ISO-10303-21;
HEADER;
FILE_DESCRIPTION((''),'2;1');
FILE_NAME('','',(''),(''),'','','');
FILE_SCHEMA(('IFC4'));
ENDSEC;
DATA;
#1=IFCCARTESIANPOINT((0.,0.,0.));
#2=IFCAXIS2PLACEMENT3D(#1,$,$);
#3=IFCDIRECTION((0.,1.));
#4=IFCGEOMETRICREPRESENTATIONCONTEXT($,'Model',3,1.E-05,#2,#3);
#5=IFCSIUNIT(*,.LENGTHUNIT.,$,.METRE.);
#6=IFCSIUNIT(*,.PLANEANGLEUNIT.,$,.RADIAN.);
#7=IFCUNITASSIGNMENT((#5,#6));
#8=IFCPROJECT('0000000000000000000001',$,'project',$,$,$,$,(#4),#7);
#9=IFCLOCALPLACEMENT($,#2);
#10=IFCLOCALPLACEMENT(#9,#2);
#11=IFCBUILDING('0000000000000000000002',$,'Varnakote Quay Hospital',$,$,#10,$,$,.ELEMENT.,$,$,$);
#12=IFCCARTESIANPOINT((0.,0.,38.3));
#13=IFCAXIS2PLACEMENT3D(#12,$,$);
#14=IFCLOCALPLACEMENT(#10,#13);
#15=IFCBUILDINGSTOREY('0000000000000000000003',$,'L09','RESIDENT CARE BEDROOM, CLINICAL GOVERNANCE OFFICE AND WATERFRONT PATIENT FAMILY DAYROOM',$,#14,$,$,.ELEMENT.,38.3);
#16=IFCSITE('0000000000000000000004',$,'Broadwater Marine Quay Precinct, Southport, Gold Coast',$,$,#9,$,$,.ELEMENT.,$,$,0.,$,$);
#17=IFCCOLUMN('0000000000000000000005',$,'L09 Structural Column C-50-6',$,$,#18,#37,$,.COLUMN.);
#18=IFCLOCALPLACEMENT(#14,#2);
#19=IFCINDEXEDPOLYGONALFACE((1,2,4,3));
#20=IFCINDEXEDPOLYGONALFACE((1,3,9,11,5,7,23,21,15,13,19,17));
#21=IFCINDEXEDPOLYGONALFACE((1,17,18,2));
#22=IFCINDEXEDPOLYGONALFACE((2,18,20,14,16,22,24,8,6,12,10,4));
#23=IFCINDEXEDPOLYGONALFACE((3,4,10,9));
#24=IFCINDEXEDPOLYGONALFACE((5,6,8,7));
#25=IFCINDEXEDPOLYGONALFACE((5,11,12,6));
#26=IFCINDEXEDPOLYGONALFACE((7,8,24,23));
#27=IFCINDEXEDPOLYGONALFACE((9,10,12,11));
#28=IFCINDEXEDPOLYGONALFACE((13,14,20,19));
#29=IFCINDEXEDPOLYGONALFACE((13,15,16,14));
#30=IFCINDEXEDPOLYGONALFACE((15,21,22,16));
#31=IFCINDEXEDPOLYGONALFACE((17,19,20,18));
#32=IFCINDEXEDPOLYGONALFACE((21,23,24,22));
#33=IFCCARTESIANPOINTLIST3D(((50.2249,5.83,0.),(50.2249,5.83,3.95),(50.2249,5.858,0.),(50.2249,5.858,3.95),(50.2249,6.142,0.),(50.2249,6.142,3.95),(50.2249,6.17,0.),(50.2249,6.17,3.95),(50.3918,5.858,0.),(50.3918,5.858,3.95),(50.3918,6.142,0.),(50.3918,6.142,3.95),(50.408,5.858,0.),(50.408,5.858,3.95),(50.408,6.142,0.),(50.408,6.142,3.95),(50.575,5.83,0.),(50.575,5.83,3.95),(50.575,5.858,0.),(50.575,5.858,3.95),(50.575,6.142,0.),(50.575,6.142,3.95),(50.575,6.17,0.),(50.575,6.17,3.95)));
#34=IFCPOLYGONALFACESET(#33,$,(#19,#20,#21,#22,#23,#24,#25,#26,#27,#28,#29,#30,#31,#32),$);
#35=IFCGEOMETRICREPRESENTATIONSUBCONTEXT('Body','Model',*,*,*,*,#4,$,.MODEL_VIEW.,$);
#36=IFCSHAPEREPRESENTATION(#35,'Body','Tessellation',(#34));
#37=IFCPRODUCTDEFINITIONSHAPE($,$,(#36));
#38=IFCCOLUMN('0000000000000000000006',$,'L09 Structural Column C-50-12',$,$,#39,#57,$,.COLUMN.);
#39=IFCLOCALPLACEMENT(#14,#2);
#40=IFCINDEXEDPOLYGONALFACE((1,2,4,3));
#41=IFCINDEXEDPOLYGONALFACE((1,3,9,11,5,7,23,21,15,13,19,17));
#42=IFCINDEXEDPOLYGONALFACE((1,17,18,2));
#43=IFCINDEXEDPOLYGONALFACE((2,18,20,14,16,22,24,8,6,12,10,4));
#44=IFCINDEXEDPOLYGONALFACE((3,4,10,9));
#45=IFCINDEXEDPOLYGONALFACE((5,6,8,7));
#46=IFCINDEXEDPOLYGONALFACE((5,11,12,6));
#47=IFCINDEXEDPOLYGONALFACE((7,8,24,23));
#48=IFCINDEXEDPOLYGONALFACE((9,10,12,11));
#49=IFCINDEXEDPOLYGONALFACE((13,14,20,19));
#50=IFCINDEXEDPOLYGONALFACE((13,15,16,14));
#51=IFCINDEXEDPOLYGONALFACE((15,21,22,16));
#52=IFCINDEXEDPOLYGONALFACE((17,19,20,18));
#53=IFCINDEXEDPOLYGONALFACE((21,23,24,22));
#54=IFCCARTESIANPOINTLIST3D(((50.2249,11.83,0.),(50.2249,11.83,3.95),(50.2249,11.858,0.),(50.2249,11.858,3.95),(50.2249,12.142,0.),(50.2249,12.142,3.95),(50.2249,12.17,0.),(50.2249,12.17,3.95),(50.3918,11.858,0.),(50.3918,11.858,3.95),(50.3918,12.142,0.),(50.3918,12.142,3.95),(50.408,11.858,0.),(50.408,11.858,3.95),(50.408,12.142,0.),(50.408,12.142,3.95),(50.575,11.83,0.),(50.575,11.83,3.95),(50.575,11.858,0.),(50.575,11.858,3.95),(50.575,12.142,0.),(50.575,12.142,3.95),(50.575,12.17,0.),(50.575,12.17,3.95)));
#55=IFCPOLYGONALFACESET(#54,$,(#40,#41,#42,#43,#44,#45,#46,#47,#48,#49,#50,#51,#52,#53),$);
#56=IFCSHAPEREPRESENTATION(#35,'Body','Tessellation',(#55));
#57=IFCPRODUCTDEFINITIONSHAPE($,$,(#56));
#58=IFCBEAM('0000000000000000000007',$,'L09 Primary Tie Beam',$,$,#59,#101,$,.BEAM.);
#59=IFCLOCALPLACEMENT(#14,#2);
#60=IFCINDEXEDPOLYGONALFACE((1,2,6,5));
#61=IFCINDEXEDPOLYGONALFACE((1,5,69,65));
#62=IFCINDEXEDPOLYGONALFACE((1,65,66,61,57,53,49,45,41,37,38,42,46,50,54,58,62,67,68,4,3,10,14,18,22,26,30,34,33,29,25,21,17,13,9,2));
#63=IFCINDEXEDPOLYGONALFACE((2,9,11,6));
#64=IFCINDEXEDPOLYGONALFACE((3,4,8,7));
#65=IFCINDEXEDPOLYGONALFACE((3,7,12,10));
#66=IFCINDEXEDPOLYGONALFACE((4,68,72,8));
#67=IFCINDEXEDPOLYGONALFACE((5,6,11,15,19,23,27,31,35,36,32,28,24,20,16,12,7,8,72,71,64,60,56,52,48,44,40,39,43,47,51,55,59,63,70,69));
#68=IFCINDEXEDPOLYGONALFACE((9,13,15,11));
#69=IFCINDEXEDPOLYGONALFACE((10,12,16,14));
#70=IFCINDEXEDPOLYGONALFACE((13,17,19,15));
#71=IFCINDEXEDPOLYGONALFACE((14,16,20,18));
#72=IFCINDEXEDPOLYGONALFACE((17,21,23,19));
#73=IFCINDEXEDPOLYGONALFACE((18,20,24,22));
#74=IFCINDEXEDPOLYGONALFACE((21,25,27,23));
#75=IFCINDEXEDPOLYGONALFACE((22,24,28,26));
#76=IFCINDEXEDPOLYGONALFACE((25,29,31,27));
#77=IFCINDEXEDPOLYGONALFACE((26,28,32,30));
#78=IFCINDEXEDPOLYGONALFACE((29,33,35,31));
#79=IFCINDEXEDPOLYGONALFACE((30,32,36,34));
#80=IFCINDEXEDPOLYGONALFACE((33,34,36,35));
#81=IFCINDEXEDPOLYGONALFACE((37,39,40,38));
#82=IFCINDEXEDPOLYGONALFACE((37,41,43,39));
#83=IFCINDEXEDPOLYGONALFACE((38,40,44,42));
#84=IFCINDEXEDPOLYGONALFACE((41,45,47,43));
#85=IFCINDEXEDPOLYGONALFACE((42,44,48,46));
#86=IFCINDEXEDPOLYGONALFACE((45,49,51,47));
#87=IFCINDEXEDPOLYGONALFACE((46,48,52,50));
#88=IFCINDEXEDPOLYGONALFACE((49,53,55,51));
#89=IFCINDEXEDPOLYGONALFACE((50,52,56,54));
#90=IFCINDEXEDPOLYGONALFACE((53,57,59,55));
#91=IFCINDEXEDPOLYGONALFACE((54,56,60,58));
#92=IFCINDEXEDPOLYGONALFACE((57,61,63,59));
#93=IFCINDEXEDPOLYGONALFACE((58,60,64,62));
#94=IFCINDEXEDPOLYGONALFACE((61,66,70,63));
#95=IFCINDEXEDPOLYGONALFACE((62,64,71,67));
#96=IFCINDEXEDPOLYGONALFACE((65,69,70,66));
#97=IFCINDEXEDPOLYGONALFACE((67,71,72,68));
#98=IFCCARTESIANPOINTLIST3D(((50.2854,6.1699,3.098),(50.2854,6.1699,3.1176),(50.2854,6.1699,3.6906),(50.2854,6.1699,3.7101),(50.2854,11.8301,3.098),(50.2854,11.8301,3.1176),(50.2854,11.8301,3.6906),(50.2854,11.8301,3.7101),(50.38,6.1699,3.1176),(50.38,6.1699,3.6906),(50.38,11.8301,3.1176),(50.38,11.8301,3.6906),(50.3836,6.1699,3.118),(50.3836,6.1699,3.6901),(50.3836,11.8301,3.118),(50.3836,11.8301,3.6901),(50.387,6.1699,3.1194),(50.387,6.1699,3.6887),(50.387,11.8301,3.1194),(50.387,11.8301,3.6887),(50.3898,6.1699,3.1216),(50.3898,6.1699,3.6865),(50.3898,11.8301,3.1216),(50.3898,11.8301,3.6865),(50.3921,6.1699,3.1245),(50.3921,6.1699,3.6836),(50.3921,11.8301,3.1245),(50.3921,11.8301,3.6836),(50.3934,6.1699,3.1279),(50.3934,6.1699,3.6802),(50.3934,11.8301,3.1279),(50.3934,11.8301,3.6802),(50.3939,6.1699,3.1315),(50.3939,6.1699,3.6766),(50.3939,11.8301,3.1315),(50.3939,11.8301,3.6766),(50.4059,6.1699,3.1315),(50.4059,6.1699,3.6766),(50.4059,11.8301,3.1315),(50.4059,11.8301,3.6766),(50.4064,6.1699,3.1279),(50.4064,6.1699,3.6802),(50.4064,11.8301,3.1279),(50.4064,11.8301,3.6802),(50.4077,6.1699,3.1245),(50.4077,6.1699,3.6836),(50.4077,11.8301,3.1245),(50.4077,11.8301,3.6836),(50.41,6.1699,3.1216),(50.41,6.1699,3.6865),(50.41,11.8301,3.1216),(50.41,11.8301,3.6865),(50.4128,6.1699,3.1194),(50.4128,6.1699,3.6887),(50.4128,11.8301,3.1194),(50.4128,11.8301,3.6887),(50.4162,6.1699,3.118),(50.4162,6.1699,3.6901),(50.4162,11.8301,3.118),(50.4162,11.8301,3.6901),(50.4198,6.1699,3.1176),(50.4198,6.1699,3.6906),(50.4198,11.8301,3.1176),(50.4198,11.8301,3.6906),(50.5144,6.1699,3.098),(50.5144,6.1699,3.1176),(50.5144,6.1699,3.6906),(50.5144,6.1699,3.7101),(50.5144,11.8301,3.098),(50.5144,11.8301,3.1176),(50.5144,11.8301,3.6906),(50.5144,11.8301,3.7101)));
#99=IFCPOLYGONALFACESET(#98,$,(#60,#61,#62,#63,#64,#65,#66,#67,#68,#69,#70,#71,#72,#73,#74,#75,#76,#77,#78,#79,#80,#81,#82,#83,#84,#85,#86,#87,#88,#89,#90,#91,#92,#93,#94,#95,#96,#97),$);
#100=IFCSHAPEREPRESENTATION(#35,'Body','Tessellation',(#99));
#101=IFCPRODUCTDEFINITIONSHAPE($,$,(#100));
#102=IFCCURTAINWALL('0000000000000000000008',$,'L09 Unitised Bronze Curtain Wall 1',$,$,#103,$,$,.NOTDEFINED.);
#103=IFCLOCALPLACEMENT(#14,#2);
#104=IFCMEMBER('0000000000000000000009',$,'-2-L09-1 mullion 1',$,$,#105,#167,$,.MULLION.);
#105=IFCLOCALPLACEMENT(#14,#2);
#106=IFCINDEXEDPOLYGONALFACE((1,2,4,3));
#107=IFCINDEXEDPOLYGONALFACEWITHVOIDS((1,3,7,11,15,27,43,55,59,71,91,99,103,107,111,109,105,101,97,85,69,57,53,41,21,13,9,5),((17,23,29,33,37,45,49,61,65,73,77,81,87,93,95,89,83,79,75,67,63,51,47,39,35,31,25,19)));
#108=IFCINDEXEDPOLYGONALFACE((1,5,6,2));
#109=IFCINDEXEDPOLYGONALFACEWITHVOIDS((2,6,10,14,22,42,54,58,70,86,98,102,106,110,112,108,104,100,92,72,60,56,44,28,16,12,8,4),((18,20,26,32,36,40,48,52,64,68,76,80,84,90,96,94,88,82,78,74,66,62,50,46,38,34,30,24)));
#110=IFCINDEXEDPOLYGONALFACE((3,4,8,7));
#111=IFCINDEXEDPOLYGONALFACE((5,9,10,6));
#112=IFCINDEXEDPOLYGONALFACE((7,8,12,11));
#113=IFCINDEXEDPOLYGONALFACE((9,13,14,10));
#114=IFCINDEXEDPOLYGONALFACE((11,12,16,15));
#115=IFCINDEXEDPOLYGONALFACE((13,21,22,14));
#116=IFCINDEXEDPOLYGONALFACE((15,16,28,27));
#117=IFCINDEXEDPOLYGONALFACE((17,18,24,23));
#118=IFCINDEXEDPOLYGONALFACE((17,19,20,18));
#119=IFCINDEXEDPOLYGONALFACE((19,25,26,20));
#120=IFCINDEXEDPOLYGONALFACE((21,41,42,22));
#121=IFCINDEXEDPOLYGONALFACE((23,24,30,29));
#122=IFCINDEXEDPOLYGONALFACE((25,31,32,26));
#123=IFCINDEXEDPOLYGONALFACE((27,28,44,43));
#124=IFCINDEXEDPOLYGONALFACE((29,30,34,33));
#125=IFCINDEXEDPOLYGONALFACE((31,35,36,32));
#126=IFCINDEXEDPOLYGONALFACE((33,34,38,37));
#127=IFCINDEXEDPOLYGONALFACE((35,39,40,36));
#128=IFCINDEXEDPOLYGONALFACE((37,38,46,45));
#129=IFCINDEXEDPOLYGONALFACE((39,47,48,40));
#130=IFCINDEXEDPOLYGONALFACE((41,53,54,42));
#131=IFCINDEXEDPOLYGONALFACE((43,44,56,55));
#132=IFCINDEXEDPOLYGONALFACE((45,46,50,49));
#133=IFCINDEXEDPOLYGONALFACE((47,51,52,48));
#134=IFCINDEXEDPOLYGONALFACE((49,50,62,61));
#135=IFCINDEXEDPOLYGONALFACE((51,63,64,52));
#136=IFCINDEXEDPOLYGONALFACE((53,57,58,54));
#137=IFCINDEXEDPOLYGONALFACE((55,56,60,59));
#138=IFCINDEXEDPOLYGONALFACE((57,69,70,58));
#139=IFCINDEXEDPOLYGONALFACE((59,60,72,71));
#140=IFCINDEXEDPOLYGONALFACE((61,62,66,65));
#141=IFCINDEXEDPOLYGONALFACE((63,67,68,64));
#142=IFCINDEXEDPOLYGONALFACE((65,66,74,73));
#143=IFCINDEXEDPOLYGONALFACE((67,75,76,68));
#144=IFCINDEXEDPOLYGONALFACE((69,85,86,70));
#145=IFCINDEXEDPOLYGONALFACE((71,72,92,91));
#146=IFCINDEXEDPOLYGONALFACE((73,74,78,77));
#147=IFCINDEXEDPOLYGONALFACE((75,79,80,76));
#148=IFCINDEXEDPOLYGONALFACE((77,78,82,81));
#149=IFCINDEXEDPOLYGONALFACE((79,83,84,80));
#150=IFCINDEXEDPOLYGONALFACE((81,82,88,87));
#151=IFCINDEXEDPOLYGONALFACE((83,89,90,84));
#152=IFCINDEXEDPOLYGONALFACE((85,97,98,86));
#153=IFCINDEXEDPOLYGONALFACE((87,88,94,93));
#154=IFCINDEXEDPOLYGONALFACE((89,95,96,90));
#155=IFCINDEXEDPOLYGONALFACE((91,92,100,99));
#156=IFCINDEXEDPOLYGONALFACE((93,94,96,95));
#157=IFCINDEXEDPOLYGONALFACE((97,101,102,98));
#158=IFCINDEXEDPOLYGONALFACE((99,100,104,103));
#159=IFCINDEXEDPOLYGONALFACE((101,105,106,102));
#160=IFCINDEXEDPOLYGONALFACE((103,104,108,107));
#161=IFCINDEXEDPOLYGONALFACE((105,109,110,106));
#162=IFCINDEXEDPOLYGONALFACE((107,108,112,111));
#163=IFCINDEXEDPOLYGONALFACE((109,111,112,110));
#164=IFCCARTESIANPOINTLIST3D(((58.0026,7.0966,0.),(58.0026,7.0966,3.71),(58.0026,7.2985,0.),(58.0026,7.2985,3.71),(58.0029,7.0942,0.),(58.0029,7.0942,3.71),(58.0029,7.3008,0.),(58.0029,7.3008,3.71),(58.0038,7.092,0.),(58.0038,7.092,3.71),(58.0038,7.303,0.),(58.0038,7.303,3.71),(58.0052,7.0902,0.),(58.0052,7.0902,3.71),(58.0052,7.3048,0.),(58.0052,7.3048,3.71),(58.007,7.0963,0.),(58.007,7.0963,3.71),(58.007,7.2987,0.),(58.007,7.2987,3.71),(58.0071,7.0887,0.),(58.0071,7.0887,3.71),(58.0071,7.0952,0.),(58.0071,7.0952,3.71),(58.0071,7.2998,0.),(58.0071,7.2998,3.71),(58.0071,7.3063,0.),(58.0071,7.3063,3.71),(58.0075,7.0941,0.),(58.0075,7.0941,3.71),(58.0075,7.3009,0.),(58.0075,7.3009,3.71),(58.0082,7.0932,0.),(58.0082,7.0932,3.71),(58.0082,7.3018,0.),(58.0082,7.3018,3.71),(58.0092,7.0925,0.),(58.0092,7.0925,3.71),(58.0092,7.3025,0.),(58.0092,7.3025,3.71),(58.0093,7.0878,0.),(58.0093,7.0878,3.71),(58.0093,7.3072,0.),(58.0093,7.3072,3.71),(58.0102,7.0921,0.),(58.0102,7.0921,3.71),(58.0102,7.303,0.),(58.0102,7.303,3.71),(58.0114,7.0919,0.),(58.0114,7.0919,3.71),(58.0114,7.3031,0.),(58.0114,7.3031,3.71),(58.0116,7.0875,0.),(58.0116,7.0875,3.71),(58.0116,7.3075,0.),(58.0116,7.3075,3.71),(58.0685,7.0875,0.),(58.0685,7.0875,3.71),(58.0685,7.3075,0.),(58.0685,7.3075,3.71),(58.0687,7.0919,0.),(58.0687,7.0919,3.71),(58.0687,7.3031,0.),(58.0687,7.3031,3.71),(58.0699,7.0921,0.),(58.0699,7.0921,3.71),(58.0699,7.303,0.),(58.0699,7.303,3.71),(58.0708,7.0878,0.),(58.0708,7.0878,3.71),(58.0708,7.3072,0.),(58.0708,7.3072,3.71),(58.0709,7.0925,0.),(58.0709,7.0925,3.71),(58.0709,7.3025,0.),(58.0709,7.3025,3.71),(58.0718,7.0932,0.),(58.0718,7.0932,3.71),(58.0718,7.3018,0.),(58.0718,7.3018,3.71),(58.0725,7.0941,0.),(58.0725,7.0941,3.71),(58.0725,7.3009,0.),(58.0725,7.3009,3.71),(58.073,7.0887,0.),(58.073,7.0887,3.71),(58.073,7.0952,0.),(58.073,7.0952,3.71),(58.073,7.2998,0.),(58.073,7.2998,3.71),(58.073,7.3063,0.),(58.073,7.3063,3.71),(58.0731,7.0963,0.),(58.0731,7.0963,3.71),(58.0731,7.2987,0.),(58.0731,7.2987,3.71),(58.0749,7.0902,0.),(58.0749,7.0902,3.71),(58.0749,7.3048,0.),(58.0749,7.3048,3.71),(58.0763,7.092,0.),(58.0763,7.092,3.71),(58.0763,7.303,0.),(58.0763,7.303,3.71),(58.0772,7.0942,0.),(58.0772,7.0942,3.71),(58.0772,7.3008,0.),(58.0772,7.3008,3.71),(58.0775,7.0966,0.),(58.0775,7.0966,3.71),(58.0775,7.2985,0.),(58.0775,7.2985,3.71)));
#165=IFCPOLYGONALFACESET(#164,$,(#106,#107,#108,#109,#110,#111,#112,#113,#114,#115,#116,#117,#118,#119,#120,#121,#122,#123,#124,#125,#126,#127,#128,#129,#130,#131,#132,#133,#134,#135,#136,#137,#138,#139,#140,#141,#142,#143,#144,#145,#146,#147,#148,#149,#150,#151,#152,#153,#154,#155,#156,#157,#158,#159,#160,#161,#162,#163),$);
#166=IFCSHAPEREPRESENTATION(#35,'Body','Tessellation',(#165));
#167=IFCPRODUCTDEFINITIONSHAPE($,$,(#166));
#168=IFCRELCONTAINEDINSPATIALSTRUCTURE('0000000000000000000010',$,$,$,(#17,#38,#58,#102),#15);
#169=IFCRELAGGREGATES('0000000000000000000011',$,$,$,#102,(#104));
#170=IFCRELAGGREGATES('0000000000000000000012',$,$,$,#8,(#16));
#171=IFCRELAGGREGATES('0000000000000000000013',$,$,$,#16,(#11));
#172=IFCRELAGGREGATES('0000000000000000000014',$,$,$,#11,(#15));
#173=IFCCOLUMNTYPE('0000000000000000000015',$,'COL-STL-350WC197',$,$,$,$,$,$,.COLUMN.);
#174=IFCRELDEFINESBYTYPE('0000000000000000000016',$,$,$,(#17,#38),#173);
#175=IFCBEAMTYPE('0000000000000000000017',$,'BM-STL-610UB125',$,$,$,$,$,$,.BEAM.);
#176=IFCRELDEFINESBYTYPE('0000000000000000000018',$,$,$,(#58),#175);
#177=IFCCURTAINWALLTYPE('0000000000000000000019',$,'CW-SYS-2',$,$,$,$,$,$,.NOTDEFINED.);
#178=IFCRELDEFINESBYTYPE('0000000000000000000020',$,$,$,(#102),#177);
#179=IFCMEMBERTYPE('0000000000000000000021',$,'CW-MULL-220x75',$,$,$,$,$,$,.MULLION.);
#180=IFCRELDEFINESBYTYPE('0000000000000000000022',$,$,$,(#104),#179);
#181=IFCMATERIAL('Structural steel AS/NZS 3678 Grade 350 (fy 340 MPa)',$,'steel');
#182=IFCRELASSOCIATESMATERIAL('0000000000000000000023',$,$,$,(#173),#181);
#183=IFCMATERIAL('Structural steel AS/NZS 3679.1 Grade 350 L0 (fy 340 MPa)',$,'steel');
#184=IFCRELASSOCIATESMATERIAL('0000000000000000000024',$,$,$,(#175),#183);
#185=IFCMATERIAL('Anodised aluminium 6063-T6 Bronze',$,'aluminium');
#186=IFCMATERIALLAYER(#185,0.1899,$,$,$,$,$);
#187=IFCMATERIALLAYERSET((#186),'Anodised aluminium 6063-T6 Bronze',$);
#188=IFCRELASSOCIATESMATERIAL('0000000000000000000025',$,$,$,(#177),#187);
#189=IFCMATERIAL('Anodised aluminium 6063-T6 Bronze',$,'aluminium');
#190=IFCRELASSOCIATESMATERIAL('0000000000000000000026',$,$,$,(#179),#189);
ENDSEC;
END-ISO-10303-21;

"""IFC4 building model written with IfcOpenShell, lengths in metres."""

from ifc_helpers import new_model, si_unit, direction, frame, origin, origin_2d, place, context, subcontext, project, spatial, hollow_rectangle, i_section, extrude, material, layer, layer_set, material_profile, profile_set, type_object, element, aggregate, save


model = new_model("IFC4")

# Units and contexts
model_context = context("Model", 3, precision=1e-05, world=origin(), true_north=direction((0.0, 1.0)))
body_context = subcontext(model_context, "Body", "Model", "MODEL_VIEW")
ifc_project = project(units=[si_unit("LENGTHUNIT", "METRE"), si_unit("PLANEANGLEUNIT", "RADIAN")], contexts=[model_context])

# Site, building, storey
site_placement = place(None, origin())
site = spatial("IfcSite", under=ifc_project, at=site_placement, Name="Broadwater Marine Quay Precinct, Southport, Gold Coast", CompositionType="ELEMENT", RefElevation=0.0)
building_placement = place(site_placement, origin())
building = spatial("IfcBuilding", under=site, at=building_placement, Name="Varnakote Quay Hospital", CompositionType="ELEMENT")
storey_placement = place(building_placement, frame((0.0, 0.0, 38.3)))
storey = spatial("IfcBuildingStorey", under=building, at=storey_placement, Name="L09", Description="RESIDENT CARE BEDROOM, CLINICAL GOVERNANCE OFFICE AND WATERFRONT PATIENT FAMILY DAYROOM", CompositionType="ELEMENT", Elevation=38.3)

# Columns
ifc_material_1 = material(Name="Structural steel AS/NZS 3678 Grade 350 (fy 340 MPa)", Category="steel")
ifc_material_profile_1 = material_profile(ifc_material_1, i_section(OverallWidth=0.3501, OverallDepth=0.3401, WebThickness=0.0161, FlangeThickness=0.0281, at=origin_2d()), Name="350WC197")
ifc_profile_set_1 = profile_set([ifc_material_profile_1], Name="Structural steel AS/NZS 3678 Grade 350 (fy 340 MPa)")
column_type = type_object("IfcColumnType", Name="COL-STL-350WC197", PredefinedType="COLUMN", material=ifc_profile_set_1)
for number, where, z_axis, x_axis, name in (
    (1, (50.3999, 6.0, 0.0), (0.0, 0.0, 1.0), (1.0, 0.0, 0.0), "L09 Structural Column C-50-6"),
    (2, (50.3999, 12.0, 0.0), (0.0, 0.0, 1.0), (1.0, 0.0, 0.0), "L09 Structural Column C-50-12"),
):
    element("IfcColumn", number, at=place(storey_placement, frame(where, z_axis=z_axis, x_axis=x_axis)), inside=storey, type_object=column_type, Name=name, PredefinedType="COLUMN", context=body_context, shape_type="SweptSolid", body=[
        extrude(i_section(OverallWidth=0.3501, OverallDepth=0.3401, WebThickness=0.0161, FlangeThickness=0.0281, at=origin_2d()), origin(), (0.0, 0.0, 1.0), 3.95),
    ])

# Beam
ifc_material_2 = material(Name="Structural steel AS/NZS 3679.1 Grade 350 L0 (fy 340 MPa)", Category="steel")
ifc_material_profile_2 = material_profile(ifc_material_2, i_section(OverallWidth=0.229, OverallDepth=0.6121, WebThickness=0.012, FlangeThickness=0.0195, FilletRadius=0.0139, at=origin_2d()), Name="610UB125")
ifc_profile_set_2 = profile_set([ifc_material_profile_2], Name="Structural steel AS/NZS 3679.1 Grade 350 L0 (fy 340 MPa)")
beam_type = type_object("IfcBeamType", Name="BM-STL-610UB125", PredefinedType="BEAM", material=ifc_profile_set_2)
beam_placement = place(storey_placement, frame((50.3999, 6.1699, 3.4041), z_axis=(0.0, 1.0, 0.0), x_axis=(-1.0, 0.0, 0.0)))
element("IfcBeam", 3, at=beam_placement, inside=storey, type_object=beam_type, Name="L09 Primary Tie Beam", PredefinedType="BEAM", context=body_context, shape_type="SweptSolid", body=[
    extrude(i_section(OverallWidth=0.229, OverallDepth=0.6121, WebThickness=0.012, FlangeThickness=0.0195, FilletRadius=0.0139, at=origin_2d()), origin(), (0.0, 0.0, 1.0), 5.6602),
])

# Curtain wall, member
ifc_material_3 = material(Name="Anodised aluminium 6063-T6 Bronze", Category="aluminium")
ifc_layer_1 = layer(ifc_material_3, 0.1899)
ifc_layer_set_1 = layer_set([ifc_layer_1], Name="Anodised aluminium 6063-T6 Bronze")
curtain_wall_type = type_object("IfcCurtainWallType", Name="CW-SYS-2", PredefinedType="NOTDEFINED", material=ifc_layer_set_1)
curtain_wall_placement = place(storey_placement, origin())
curtain_wall = element("IfcCurtainWall", 4, at=curtain_wall_placement, inside=storey, type_object=curtain_wall_type, Name="L09 Unitised Bronze Curtain Wall 1", PredefinedType="NOTDEFINED")
ifc_material_4 = material(Name="Anodised aluminium 6063-T6 Bronze", Category="aluminium")
ifc_material_profile_3 = material_profile(ifc_material_4, hollow_rectangle(XDim=0.075, YDim=0.22, WallThickness=0.0044, InnerFilletRadius=0.0044, OuterFilletRadius=0.009, at=origin_2d()), Name="CW-MULL-220x75")
ifc_profile_set_3 = profile_set([ifc_material_profile_3], Name="Anodised aluminium 6063-T6 Bronze")
member_type_1 = type_object("IfcMemberType", Name="CW-MULL-220x75", PredefinedType="MULLION", material=ifc_profile_set_3)
member_1_placement = place(storey_placement, frame((58.04, 7.1975, 0.0), z_axis=(0.0, 0.0, 1.0), x_axis=(-1.0, 0.0, 0.0)))
member_1 = element("IfcMember", 5, at=member_1_placement, type_object=member_type_1, Name="-2-L09-1 mullion 1", PredefinedType="MULLION", context=body_context, shape_type="SweptSolid", body=[
    extrude(hollow_rectangle(XDim=0.075, YDim=0.22, WallThickness=0.0044, InnerFilletRadius=0.0044, OuterFilletRadius=0.009, at=origin_2d()), origin(), (0.0, 0.0, 1.0), 3.71),
])
aggregate(curtain_wall, [member_1])

save(model, "model.ifc")
